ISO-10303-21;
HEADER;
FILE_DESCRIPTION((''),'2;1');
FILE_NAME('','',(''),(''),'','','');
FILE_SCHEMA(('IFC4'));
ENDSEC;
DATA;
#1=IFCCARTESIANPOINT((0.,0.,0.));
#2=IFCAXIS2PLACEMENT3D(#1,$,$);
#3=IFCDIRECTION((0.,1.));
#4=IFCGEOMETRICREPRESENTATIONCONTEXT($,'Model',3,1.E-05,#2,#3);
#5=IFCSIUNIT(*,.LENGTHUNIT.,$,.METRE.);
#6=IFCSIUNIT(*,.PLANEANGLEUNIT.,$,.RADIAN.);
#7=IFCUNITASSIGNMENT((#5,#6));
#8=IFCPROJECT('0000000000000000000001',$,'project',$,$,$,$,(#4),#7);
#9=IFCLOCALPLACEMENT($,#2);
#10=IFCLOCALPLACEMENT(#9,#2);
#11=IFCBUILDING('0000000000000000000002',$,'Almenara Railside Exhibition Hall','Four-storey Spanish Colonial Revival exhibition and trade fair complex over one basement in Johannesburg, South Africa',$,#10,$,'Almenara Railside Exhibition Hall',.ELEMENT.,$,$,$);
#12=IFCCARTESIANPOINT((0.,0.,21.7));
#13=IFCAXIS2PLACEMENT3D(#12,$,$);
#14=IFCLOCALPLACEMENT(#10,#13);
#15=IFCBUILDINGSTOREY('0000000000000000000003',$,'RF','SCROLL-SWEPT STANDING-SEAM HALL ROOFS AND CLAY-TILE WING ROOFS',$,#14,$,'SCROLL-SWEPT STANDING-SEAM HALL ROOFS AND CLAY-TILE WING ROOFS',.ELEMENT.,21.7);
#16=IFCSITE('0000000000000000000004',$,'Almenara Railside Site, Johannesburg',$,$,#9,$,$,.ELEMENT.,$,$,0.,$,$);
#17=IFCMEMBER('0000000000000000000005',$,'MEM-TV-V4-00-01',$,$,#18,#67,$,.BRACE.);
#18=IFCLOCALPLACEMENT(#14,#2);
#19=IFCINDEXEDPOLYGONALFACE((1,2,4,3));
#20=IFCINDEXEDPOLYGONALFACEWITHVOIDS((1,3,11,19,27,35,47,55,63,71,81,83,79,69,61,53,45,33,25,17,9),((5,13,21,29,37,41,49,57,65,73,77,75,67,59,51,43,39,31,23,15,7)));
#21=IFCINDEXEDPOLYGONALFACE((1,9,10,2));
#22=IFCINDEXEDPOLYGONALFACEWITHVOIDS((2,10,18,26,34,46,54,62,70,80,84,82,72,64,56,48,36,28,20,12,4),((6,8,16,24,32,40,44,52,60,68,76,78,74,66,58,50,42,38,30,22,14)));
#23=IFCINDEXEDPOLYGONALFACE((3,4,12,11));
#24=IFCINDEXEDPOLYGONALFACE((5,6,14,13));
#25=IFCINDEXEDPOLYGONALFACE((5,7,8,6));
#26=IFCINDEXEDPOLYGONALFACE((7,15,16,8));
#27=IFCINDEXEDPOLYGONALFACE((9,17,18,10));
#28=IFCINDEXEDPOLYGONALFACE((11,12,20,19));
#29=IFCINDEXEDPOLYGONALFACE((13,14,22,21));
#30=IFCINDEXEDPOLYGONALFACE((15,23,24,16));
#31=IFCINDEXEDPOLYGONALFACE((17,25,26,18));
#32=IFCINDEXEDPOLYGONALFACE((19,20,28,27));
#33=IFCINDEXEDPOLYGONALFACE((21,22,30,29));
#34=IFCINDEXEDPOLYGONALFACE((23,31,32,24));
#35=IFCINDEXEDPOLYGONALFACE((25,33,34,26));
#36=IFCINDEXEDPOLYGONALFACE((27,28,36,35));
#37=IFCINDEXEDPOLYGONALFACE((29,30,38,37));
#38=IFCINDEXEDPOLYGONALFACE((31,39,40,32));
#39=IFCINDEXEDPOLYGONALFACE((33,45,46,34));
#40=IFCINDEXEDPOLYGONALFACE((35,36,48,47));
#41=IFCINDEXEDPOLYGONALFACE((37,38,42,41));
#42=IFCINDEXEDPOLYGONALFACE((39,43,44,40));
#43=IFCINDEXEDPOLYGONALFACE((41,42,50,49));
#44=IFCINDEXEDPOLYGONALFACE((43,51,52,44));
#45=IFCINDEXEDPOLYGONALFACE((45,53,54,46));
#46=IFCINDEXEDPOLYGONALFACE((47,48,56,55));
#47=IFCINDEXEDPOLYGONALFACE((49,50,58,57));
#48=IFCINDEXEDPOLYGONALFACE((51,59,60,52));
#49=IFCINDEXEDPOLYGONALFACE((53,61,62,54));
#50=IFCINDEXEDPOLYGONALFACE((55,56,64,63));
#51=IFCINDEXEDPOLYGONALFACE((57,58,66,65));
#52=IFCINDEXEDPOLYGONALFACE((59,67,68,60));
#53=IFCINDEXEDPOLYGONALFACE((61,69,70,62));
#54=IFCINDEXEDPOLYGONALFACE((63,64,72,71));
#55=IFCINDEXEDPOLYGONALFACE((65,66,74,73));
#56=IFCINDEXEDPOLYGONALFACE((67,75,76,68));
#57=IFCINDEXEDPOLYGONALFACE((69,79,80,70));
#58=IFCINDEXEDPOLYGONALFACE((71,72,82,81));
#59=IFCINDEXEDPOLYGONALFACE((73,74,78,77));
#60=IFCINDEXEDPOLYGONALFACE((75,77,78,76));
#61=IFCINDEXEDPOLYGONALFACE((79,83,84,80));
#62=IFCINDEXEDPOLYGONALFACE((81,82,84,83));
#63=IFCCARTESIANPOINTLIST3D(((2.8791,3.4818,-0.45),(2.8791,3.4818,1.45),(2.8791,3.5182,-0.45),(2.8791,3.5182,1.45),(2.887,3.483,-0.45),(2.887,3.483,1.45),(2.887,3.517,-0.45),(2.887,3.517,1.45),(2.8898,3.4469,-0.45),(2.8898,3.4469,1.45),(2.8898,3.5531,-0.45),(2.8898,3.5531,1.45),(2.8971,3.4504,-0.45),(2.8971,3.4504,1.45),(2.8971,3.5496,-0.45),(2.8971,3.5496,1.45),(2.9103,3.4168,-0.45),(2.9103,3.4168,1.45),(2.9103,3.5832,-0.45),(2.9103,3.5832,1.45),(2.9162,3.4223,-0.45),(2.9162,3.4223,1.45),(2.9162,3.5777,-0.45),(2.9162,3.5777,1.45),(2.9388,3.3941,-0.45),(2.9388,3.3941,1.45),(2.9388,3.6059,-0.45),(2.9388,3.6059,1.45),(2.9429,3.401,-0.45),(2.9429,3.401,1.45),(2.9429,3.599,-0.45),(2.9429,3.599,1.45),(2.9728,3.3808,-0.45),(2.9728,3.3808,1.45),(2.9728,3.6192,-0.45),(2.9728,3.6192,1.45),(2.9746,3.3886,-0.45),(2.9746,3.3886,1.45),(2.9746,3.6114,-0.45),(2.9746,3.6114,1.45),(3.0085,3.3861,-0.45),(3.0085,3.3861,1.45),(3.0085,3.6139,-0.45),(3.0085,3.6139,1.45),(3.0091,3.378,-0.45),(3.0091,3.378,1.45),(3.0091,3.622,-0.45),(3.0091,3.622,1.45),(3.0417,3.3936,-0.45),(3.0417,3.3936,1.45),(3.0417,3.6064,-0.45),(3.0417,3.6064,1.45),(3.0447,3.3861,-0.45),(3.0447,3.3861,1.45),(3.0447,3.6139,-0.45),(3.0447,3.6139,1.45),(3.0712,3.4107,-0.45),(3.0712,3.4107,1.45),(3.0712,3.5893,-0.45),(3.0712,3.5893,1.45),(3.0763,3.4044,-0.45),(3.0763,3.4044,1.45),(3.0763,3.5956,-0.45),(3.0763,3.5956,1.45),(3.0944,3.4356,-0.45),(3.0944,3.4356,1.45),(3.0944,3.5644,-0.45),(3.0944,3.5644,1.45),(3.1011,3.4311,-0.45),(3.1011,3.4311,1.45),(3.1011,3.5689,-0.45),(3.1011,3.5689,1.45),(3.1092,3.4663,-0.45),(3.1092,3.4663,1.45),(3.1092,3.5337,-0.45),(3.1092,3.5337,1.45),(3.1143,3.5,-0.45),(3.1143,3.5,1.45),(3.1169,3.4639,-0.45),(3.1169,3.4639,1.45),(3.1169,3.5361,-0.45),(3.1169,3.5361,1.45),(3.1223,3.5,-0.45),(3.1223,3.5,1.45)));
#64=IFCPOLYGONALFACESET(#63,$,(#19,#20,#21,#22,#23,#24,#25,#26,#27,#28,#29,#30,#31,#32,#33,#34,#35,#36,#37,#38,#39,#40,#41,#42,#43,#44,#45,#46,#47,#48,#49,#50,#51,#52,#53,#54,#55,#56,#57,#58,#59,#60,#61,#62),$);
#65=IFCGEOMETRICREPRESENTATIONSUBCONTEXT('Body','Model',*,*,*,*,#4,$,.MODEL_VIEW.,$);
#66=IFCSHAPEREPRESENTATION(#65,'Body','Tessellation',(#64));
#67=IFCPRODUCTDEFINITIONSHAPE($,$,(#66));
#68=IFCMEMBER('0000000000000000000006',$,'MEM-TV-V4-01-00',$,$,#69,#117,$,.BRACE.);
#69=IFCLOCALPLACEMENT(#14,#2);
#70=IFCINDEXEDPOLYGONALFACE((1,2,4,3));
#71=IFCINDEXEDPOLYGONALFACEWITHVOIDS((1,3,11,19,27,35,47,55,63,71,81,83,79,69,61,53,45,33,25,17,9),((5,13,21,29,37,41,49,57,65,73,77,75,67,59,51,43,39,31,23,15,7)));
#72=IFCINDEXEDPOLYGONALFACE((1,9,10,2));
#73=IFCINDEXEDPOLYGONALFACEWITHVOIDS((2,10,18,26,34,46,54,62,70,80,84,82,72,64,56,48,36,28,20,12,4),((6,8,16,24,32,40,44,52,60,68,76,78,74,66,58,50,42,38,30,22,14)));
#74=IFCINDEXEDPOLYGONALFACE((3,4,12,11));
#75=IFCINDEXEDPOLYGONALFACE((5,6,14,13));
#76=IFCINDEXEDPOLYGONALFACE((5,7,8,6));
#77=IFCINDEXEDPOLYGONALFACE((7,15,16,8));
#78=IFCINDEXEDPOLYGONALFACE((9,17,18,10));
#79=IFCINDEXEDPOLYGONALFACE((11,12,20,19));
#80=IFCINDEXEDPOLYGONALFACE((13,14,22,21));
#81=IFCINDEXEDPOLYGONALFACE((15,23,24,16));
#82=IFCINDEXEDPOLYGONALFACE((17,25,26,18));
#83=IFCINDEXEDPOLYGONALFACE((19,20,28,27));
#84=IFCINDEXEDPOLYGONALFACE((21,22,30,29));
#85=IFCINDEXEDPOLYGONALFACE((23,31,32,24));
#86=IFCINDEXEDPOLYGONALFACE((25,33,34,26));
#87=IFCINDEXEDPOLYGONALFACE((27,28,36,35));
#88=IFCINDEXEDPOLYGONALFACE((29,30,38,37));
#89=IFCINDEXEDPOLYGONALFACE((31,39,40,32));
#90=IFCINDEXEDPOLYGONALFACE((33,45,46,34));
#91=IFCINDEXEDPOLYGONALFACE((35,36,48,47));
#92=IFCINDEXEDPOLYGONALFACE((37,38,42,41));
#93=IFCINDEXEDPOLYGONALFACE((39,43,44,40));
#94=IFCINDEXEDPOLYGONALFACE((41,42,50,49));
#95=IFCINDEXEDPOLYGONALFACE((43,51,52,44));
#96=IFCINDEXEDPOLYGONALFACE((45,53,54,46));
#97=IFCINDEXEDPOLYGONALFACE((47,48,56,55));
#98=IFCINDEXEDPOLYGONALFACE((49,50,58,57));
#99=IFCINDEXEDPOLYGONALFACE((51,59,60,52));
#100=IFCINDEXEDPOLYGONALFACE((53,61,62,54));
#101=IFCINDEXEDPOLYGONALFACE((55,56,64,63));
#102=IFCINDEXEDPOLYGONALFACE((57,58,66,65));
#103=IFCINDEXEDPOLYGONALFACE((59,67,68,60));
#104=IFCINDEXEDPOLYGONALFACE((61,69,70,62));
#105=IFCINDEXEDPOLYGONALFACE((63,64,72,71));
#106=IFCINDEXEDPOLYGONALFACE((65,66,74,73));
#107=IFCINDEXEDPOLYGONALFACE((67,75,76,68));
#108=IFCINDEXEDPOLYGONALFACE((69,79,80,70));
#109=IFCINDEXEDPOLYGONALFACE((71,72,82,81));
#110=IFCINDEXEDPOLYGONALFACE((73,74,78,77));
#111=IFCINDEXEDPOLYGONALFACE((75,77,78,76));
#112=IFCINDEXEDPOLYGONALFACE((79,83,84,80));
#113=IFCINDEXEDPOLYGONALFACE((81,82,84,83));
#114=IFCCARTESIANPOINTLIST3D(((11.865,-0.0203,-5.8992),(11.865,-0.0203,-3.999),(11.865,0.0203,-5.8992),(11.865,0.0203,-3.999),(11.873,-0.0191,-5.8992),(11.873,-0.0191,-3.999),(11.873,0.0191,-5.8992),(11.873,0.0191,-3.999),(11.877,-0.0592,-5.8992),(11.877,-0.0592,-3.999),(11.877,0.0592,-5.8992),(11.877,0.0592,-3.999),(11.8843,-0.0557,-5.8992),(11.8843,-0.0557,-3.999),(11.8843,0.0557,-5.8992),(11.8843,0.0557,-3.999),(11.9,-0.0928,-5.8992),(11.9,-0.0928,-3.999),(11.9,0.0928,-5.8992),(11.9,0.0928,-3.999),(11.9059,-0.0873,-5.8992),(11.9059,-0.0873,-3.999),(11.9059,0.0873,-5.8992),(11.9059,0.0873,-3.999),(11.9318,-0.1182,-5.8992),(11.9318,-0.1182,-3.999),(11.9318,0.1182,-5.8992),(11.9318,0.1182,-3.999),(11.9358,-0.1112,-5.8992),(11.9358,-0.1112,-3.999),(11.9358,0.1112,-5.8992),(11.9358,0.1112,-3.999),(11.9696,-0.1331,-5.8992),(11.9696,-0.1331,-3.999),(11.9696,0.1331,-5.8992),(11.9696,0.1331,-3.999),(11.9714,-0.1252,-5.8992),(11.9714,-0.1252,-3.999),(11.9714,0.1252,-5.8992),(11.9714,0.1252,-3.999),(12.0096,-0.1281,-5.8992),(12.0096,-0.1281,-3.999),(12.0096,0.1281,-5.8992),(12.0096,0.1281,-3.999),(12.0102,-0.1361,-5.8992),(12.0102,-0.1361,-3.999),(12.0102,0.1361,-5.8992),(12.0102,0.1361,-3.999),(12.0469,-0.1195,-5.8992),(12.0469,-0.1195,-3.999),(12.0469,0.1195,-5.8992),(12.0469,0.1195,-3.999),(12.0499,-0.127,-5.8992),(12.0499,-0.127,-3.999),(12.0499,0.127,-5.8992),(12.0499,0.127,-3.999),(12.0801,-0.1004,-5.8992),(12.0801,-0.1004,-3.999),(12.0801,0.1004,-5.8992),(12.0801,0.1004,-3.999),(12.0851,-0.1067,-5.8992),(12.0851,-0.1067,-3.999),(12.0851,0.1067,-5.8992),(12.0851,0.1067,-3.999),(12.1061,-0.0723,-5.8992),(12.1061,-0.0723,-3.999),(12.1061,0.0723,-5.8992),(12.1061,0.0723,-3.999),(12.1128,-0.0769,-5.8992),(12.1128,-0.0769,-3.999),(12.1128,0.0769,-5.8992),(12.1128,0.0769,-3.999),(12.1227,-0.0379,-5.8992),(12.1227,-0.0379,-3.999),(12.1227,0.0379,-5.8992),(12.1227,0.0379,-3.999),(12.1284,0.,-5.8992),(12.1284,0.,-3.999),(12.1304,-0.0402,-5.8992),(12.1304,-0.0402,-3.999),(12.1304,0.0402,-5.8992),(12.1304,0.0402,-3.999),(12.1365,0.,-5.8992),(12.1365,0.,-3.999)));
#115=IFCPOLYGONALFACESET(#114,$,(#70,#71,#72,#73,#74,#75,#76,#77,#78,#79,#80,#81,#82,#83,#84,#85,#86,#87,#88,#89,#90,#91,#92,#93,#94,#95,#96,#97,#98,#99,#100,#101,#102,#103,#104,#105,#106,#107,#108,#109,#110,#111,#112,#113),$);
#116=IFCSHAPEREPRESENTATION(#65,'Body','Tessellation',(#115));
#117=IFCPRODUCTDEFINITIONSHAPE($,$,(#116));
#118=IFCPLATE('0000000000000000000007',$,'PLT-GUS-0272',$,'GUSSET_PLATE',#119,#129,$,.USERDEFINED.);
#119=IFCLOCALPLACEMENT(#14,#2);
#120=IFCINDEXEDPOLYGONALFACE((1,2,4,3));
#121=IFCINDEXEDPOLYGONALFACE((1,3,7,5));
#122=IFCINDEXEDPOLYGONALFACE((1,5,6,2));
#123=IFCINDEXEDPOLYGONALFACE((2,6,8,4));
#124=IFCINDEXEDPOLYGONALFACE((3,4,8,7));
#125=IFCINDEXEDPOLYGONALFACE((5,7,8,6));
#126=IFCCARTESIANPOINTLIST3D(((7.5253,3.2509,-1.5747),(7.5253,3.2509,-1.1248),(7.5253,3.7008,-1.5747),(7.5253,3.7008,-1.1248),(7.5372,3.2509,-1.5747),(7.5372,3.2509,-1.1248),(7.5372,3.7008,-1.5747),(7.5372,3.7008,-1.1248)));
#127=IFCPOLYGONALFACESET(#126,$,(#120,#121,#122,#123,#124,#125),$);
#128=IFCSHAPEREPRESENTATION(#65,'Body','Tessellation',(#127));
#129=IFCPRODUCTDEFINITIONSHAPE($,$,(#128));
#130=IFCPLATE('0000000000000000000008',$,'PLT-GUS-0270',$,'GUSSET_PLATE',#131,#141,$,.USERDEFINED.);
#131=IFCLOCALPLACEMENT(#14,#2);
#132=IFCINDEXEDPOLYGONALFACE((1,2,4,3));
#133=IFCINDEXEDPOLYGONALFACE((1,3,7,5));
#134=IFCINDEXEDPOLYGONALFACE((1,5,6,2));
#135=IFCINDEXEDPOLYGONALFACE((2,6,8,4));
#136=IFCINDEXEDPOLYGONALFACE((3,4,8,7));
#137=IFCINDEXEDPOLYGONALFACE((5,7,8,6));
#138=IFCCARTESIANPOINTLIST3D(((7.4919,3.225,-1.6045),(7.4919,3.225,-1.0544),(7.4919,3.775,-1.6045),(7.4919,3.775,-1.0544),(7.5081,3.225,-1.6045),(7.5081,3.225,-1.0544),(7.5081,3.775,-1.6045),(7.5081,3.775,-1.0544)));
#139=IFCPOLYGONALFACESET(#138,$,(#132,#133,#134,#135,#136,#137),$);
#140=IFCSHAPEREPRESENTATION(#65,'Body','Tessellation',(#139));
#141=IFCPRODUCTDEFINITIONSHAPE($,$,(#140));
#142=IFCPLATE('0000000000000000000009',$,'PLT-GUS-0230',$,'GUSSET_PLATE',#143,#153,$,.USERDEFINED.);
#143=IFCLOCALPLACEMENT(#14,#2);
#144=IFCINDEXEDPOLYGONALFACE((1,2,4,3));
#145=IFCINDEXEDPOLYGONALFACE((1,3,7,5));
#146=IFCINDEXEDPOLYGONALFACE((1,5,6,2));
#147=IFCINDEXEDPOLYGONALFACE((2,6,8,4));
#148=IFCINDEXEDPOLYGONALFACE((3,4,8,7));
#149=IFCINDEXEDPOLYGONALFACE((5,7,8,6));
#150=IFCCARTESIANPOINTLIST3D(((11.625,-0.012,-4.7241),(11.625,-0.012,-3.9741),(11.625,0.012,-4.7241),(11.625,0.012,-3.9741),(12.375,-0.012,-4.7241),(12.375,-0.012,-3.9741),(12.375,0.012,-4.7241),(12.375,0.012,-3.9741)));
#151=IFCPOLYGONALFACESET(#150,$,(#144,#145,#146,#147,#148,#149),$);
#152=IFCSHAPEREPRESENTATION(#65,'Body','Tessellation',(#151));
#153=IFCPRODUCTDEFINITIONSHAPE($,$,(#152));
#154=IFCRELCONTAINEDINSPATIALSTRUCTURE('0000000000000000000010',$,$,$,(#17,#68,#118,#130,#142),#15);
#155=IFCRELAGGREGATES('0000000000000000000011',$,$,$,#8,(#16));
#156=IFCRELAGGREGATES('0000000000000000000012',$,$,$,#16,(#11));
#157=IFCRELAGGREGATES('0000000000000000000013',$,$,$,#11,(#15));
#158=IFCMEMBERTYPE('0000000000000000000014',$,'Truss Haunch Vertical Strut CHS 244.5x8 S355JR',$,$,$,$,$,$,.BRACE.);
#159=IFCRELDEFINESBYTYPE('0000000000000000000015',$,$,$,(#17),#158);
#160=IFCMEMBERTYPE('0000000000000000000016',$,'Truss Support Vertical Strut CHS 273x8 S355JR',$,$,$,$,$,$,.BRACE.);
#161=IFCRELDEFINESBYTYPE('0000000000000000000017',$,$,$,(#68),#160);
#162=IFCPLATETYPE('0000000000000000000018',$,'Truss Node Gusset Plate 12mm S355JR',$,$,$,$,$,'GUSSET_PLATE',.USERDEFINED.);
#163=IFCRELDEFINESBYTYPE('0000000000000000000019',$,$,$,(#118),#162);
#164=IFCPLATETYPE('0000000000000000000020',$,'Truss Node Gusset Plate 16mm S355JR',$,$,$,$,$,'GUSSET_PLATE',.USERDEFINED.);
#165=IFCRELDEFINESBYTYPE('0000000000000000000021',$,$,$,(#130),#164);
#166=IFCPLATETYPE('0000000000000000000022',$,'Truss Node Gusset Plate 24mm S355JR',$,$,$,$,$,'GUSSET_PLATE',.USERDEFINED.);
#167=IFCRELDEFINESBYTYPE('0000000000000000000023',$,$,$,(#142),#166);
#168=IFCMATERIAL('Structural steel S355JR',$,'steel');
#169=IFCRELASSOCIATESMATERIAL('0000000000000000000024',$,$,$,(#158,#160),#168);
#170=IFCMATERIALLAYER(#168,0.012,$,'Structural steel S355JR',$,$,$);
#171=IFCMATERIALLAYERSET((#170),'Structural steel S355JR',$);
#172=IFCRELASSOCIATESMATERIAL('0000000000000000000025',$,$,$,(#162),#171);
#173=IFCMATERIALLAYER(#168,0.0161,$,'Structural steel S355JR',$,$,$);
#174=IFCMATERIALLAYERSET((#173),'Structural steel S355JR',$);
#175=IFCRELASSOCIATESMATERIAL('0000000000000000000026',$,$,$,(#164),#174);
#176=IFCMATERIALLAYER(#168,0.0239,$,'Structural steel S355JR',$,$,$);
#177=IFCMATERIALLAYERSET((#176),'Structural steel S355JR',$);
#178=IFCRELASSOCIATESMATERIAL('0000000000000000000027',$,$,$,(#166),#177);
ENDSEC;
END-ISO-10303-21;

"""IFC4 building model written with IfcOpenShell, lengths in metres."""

from ifc_helpers import new_model, si_unit, direction, frame, origin, origin_2d, place, context, subcontext, project, spatial, rectangle, hollow_circle, extrude, material, layer, layer_set, material_profile, profile_set, type_object, element, save


model = new_model("IFC4")

# Units and contexts
model_context = context("Model", 3, precision=1e-05, world=origin(), true_north=direction((0.0, 1.0)))
body_context = subcontext(model_context, "Body", "Model", "MODEL_VIEW")
ifc_project = project(units=[si_unit("LENGTHUNIT", "METRE"), si_unit("PLANEANGLEUNIT", "RADIAN")], contexts=[model_context])

# Site, building, storey
site_placement = place(None, origin())
site = spatial("IfcSite", under=ifc_project, at=site_placement, Name="Almenara Railside Site, Johannesburg", CompositionType="ELEMENT", RefElevation=0.0)
building_placement = place(site_placement, origin())
building = spatial("IfcBuilding", under=site, at=building_placement, Name="Almenara Railside Exhibition Hall", Description="Four-storey Spanish Colonial Revival exhibition and trade fair complex over one basement in Johannesburg, South Africa", LongName="Almenara Railside Exhibition Hall", CompositionType="ELEMENT")
storey_placement = place(building_placement, frame((0.0, 0.0, 21.7)))
storey = spatial("IfcBuildingStorey", under=building, at=storey_placement, Name="RF", Description="SCROLL-SWEPT STANDING-SEAM HALL ROOFS AND CLAY-TILE WING ROOFS", LongName="SCROLL-SWEPT STANDING-SEAM HALL ROOFS AND CLAY-TILE WING ROOFS", CompositionType="ELEMENT", Elevation=21.7)

# Shared definitions
ifc_material = material(Name="Structural steel S355JR", Category="steel")

# Members
ifc_material_profile_1 = material_profile(ifc_material, hollow_circle(Radius=0.1223, WallThickness=0.0081, at=origin_2d()), Name="CHS 244.5x8")
ifc_profile_set_1 = profile_set([ifc_material_profile_1], Name="Structural steel S355JR")
member_type_1 = type_object("IfcMemberType", Name="Truss Haunch Vertical Strut CHS 244.5x8 S355JR", PredefinedType="BRACE", material=ifc_profile_set_1)
member_1_placement = place(storey_placement, frame((3.0, 3.5, -0.45), z_axis=(0.0, 0.0, 1.0), x_axis=(1.0, 0.0, 0.0)))
element("IfcMember", 1, at=member_1_placement, inside=storey, type_object=member_type_1, Name="MEM-TV-V4-00-01", PredefinedType="BRACE", context=body_context, shape_type="SweptSolid", body=[
    extrude(hollow_circle(Radius=0.1223, WallThickness=0.0081, at=origin_2d()), origin(), (0.0, 0.0, 1.0), 1.8999),
])
ifc_material_profile_2 = material_profile(ifc_material, hollow_circle(Radius=0.1365, WallThickness=0.0081, at=origin_2d()), Name="CHS 273x8")
ifc_profile_set_2 = profile_set([ifc_material_profile_2], Name="Structural steel S355JR")
member_type_2 = type_object("IfcMemberType", Name="Truss Support Vertical Strut CHS 273x8 S355JR", PredefinedType="BRACE", material=ifc_profile_set_2)
member_2_placement = place(storey_placement, frame((12.0, 0.0, -5.8992), z_axis=(0.0, 0.0, 1.0), x_axis=(1.0, 0.0, 0.0)))
element("IfcMember", 2, at=member_2_placement, inside=storey, type_object=member_type_2, Name="MEM-TV-V4-01-00", PredefinedType="BRACE", context=body_context, shape_type="SweptSolid", body=[
    extrude(hollow_circle(Radius=0.1365, WallThickness=0.0081, at=origin_2d()), origin(), (0.0, 0.0, 1.0), 1.9001),
])

# Plates
ifc_layer_1 = layer(ifc_material, 0.012, Name="Structural steel S355JR")
ifc_layer_set_1 = layer_set([ifc_layer_1], Name="Structural steel S355JR")
plate_type_1 = type_object("IfcPlateType", Name="Truss Node Gusset Plate 12mm S355JR", ElementType="GUSSET_PLATE", PredefinedType="USERDEFINED", material=ifc_layer_set_1)
plate_1_placement = place(storey_placement, frame((7.5312, 3.4758, -1.5747), z_axis=(0.0, 0.0, 1.0), x_axis=(0.0, 1.0, 0.0)))
element("IfcPlate", 3, at=plate_1_placement, inside=storey, type_object=plate_type_1, Name="PLT-GUS-0272", ObjectType="GUSSET_PLATE", PredefinedType="USERDEFINED", context=body_context, shape_type="SweptSolid", body=[
    extrude(rectangle(XDim=0.45, YDim=0.012, at=origin_2d()), origin(), (0.0, 0.0, 1.0), 0.45),
])
ifc_layer_2 = layer(ifc_material, 0.0161, Name="Structural steel S355JR")
ifc_layer_set_2 = layer_set([ifc_layer_2], Name="Structural steel S355JR")
plate_type_2 = type_object("IfcPlateType", Name="Truss Node Gusset Plate 16mm S355JR", ElementType="GUSSET_PLATE", PredefinedType="USERDEFINED", material=ifc_layer_set_2)
plate_2_placement = place(storey_placement, frame((7.5, 3.5, -1.6045), z_axis=(0.0, 0.0, 1.0), x_axis=(0.0, 1.0, 0.0)))
element("IfcPlate", 4, at=plate_2_placement, inside=storey, type_object=plate_type_2, Name="PLT-GUS-0270", ObjectType="GUSSET_PLATE", PredefinedType="USERDEFINED", context=body_context, shape_type="SweptSolid", body=[
    extrude(rectangle(XDim=0.55, YDim=0.0161, at=origin_2d()), origin(), (0.0, 0.0, 1.0), 0.55),
])
ifc_layer_3 = layer(ifc_material, 0.0239, Name="Structural steel S355JR")
ifc_layer_set_3 = layer_set([ifc_layer_3], Name="Structural steel S355JR")
plate_type_3 = type_object("IfcPlateType", Name="Truss Node Gusset Plate 24mm S355JR", ElementType="GUSSET_PLATE", PredefinedType="USERDEFINED", material=ifc_layer_set_3)
plate_3_placement = place(storey_placement, frame((12.0, 0.0, -4.7241), z_axis=(0.0, 0.0, 1.0), x_axis=(1.0, 0.0, 0.0)))
element("IfcPlate", 5, at=plate_3_placement, inside=storey, type_object=plate_type_3, Name="PLT-GUS-0230", ObjectType="GUSSET_PLATE", PredefinedType="USERDEFINED", context=body_context, shape_type="SweptSolid", body=[
    extrude(rectangle(XDim=0.75, YDim=0.0239, at=origin_2d()), origin(), (0.0, 0.0, 1.0), 0.75),
])

save(model, "model.ifc")
